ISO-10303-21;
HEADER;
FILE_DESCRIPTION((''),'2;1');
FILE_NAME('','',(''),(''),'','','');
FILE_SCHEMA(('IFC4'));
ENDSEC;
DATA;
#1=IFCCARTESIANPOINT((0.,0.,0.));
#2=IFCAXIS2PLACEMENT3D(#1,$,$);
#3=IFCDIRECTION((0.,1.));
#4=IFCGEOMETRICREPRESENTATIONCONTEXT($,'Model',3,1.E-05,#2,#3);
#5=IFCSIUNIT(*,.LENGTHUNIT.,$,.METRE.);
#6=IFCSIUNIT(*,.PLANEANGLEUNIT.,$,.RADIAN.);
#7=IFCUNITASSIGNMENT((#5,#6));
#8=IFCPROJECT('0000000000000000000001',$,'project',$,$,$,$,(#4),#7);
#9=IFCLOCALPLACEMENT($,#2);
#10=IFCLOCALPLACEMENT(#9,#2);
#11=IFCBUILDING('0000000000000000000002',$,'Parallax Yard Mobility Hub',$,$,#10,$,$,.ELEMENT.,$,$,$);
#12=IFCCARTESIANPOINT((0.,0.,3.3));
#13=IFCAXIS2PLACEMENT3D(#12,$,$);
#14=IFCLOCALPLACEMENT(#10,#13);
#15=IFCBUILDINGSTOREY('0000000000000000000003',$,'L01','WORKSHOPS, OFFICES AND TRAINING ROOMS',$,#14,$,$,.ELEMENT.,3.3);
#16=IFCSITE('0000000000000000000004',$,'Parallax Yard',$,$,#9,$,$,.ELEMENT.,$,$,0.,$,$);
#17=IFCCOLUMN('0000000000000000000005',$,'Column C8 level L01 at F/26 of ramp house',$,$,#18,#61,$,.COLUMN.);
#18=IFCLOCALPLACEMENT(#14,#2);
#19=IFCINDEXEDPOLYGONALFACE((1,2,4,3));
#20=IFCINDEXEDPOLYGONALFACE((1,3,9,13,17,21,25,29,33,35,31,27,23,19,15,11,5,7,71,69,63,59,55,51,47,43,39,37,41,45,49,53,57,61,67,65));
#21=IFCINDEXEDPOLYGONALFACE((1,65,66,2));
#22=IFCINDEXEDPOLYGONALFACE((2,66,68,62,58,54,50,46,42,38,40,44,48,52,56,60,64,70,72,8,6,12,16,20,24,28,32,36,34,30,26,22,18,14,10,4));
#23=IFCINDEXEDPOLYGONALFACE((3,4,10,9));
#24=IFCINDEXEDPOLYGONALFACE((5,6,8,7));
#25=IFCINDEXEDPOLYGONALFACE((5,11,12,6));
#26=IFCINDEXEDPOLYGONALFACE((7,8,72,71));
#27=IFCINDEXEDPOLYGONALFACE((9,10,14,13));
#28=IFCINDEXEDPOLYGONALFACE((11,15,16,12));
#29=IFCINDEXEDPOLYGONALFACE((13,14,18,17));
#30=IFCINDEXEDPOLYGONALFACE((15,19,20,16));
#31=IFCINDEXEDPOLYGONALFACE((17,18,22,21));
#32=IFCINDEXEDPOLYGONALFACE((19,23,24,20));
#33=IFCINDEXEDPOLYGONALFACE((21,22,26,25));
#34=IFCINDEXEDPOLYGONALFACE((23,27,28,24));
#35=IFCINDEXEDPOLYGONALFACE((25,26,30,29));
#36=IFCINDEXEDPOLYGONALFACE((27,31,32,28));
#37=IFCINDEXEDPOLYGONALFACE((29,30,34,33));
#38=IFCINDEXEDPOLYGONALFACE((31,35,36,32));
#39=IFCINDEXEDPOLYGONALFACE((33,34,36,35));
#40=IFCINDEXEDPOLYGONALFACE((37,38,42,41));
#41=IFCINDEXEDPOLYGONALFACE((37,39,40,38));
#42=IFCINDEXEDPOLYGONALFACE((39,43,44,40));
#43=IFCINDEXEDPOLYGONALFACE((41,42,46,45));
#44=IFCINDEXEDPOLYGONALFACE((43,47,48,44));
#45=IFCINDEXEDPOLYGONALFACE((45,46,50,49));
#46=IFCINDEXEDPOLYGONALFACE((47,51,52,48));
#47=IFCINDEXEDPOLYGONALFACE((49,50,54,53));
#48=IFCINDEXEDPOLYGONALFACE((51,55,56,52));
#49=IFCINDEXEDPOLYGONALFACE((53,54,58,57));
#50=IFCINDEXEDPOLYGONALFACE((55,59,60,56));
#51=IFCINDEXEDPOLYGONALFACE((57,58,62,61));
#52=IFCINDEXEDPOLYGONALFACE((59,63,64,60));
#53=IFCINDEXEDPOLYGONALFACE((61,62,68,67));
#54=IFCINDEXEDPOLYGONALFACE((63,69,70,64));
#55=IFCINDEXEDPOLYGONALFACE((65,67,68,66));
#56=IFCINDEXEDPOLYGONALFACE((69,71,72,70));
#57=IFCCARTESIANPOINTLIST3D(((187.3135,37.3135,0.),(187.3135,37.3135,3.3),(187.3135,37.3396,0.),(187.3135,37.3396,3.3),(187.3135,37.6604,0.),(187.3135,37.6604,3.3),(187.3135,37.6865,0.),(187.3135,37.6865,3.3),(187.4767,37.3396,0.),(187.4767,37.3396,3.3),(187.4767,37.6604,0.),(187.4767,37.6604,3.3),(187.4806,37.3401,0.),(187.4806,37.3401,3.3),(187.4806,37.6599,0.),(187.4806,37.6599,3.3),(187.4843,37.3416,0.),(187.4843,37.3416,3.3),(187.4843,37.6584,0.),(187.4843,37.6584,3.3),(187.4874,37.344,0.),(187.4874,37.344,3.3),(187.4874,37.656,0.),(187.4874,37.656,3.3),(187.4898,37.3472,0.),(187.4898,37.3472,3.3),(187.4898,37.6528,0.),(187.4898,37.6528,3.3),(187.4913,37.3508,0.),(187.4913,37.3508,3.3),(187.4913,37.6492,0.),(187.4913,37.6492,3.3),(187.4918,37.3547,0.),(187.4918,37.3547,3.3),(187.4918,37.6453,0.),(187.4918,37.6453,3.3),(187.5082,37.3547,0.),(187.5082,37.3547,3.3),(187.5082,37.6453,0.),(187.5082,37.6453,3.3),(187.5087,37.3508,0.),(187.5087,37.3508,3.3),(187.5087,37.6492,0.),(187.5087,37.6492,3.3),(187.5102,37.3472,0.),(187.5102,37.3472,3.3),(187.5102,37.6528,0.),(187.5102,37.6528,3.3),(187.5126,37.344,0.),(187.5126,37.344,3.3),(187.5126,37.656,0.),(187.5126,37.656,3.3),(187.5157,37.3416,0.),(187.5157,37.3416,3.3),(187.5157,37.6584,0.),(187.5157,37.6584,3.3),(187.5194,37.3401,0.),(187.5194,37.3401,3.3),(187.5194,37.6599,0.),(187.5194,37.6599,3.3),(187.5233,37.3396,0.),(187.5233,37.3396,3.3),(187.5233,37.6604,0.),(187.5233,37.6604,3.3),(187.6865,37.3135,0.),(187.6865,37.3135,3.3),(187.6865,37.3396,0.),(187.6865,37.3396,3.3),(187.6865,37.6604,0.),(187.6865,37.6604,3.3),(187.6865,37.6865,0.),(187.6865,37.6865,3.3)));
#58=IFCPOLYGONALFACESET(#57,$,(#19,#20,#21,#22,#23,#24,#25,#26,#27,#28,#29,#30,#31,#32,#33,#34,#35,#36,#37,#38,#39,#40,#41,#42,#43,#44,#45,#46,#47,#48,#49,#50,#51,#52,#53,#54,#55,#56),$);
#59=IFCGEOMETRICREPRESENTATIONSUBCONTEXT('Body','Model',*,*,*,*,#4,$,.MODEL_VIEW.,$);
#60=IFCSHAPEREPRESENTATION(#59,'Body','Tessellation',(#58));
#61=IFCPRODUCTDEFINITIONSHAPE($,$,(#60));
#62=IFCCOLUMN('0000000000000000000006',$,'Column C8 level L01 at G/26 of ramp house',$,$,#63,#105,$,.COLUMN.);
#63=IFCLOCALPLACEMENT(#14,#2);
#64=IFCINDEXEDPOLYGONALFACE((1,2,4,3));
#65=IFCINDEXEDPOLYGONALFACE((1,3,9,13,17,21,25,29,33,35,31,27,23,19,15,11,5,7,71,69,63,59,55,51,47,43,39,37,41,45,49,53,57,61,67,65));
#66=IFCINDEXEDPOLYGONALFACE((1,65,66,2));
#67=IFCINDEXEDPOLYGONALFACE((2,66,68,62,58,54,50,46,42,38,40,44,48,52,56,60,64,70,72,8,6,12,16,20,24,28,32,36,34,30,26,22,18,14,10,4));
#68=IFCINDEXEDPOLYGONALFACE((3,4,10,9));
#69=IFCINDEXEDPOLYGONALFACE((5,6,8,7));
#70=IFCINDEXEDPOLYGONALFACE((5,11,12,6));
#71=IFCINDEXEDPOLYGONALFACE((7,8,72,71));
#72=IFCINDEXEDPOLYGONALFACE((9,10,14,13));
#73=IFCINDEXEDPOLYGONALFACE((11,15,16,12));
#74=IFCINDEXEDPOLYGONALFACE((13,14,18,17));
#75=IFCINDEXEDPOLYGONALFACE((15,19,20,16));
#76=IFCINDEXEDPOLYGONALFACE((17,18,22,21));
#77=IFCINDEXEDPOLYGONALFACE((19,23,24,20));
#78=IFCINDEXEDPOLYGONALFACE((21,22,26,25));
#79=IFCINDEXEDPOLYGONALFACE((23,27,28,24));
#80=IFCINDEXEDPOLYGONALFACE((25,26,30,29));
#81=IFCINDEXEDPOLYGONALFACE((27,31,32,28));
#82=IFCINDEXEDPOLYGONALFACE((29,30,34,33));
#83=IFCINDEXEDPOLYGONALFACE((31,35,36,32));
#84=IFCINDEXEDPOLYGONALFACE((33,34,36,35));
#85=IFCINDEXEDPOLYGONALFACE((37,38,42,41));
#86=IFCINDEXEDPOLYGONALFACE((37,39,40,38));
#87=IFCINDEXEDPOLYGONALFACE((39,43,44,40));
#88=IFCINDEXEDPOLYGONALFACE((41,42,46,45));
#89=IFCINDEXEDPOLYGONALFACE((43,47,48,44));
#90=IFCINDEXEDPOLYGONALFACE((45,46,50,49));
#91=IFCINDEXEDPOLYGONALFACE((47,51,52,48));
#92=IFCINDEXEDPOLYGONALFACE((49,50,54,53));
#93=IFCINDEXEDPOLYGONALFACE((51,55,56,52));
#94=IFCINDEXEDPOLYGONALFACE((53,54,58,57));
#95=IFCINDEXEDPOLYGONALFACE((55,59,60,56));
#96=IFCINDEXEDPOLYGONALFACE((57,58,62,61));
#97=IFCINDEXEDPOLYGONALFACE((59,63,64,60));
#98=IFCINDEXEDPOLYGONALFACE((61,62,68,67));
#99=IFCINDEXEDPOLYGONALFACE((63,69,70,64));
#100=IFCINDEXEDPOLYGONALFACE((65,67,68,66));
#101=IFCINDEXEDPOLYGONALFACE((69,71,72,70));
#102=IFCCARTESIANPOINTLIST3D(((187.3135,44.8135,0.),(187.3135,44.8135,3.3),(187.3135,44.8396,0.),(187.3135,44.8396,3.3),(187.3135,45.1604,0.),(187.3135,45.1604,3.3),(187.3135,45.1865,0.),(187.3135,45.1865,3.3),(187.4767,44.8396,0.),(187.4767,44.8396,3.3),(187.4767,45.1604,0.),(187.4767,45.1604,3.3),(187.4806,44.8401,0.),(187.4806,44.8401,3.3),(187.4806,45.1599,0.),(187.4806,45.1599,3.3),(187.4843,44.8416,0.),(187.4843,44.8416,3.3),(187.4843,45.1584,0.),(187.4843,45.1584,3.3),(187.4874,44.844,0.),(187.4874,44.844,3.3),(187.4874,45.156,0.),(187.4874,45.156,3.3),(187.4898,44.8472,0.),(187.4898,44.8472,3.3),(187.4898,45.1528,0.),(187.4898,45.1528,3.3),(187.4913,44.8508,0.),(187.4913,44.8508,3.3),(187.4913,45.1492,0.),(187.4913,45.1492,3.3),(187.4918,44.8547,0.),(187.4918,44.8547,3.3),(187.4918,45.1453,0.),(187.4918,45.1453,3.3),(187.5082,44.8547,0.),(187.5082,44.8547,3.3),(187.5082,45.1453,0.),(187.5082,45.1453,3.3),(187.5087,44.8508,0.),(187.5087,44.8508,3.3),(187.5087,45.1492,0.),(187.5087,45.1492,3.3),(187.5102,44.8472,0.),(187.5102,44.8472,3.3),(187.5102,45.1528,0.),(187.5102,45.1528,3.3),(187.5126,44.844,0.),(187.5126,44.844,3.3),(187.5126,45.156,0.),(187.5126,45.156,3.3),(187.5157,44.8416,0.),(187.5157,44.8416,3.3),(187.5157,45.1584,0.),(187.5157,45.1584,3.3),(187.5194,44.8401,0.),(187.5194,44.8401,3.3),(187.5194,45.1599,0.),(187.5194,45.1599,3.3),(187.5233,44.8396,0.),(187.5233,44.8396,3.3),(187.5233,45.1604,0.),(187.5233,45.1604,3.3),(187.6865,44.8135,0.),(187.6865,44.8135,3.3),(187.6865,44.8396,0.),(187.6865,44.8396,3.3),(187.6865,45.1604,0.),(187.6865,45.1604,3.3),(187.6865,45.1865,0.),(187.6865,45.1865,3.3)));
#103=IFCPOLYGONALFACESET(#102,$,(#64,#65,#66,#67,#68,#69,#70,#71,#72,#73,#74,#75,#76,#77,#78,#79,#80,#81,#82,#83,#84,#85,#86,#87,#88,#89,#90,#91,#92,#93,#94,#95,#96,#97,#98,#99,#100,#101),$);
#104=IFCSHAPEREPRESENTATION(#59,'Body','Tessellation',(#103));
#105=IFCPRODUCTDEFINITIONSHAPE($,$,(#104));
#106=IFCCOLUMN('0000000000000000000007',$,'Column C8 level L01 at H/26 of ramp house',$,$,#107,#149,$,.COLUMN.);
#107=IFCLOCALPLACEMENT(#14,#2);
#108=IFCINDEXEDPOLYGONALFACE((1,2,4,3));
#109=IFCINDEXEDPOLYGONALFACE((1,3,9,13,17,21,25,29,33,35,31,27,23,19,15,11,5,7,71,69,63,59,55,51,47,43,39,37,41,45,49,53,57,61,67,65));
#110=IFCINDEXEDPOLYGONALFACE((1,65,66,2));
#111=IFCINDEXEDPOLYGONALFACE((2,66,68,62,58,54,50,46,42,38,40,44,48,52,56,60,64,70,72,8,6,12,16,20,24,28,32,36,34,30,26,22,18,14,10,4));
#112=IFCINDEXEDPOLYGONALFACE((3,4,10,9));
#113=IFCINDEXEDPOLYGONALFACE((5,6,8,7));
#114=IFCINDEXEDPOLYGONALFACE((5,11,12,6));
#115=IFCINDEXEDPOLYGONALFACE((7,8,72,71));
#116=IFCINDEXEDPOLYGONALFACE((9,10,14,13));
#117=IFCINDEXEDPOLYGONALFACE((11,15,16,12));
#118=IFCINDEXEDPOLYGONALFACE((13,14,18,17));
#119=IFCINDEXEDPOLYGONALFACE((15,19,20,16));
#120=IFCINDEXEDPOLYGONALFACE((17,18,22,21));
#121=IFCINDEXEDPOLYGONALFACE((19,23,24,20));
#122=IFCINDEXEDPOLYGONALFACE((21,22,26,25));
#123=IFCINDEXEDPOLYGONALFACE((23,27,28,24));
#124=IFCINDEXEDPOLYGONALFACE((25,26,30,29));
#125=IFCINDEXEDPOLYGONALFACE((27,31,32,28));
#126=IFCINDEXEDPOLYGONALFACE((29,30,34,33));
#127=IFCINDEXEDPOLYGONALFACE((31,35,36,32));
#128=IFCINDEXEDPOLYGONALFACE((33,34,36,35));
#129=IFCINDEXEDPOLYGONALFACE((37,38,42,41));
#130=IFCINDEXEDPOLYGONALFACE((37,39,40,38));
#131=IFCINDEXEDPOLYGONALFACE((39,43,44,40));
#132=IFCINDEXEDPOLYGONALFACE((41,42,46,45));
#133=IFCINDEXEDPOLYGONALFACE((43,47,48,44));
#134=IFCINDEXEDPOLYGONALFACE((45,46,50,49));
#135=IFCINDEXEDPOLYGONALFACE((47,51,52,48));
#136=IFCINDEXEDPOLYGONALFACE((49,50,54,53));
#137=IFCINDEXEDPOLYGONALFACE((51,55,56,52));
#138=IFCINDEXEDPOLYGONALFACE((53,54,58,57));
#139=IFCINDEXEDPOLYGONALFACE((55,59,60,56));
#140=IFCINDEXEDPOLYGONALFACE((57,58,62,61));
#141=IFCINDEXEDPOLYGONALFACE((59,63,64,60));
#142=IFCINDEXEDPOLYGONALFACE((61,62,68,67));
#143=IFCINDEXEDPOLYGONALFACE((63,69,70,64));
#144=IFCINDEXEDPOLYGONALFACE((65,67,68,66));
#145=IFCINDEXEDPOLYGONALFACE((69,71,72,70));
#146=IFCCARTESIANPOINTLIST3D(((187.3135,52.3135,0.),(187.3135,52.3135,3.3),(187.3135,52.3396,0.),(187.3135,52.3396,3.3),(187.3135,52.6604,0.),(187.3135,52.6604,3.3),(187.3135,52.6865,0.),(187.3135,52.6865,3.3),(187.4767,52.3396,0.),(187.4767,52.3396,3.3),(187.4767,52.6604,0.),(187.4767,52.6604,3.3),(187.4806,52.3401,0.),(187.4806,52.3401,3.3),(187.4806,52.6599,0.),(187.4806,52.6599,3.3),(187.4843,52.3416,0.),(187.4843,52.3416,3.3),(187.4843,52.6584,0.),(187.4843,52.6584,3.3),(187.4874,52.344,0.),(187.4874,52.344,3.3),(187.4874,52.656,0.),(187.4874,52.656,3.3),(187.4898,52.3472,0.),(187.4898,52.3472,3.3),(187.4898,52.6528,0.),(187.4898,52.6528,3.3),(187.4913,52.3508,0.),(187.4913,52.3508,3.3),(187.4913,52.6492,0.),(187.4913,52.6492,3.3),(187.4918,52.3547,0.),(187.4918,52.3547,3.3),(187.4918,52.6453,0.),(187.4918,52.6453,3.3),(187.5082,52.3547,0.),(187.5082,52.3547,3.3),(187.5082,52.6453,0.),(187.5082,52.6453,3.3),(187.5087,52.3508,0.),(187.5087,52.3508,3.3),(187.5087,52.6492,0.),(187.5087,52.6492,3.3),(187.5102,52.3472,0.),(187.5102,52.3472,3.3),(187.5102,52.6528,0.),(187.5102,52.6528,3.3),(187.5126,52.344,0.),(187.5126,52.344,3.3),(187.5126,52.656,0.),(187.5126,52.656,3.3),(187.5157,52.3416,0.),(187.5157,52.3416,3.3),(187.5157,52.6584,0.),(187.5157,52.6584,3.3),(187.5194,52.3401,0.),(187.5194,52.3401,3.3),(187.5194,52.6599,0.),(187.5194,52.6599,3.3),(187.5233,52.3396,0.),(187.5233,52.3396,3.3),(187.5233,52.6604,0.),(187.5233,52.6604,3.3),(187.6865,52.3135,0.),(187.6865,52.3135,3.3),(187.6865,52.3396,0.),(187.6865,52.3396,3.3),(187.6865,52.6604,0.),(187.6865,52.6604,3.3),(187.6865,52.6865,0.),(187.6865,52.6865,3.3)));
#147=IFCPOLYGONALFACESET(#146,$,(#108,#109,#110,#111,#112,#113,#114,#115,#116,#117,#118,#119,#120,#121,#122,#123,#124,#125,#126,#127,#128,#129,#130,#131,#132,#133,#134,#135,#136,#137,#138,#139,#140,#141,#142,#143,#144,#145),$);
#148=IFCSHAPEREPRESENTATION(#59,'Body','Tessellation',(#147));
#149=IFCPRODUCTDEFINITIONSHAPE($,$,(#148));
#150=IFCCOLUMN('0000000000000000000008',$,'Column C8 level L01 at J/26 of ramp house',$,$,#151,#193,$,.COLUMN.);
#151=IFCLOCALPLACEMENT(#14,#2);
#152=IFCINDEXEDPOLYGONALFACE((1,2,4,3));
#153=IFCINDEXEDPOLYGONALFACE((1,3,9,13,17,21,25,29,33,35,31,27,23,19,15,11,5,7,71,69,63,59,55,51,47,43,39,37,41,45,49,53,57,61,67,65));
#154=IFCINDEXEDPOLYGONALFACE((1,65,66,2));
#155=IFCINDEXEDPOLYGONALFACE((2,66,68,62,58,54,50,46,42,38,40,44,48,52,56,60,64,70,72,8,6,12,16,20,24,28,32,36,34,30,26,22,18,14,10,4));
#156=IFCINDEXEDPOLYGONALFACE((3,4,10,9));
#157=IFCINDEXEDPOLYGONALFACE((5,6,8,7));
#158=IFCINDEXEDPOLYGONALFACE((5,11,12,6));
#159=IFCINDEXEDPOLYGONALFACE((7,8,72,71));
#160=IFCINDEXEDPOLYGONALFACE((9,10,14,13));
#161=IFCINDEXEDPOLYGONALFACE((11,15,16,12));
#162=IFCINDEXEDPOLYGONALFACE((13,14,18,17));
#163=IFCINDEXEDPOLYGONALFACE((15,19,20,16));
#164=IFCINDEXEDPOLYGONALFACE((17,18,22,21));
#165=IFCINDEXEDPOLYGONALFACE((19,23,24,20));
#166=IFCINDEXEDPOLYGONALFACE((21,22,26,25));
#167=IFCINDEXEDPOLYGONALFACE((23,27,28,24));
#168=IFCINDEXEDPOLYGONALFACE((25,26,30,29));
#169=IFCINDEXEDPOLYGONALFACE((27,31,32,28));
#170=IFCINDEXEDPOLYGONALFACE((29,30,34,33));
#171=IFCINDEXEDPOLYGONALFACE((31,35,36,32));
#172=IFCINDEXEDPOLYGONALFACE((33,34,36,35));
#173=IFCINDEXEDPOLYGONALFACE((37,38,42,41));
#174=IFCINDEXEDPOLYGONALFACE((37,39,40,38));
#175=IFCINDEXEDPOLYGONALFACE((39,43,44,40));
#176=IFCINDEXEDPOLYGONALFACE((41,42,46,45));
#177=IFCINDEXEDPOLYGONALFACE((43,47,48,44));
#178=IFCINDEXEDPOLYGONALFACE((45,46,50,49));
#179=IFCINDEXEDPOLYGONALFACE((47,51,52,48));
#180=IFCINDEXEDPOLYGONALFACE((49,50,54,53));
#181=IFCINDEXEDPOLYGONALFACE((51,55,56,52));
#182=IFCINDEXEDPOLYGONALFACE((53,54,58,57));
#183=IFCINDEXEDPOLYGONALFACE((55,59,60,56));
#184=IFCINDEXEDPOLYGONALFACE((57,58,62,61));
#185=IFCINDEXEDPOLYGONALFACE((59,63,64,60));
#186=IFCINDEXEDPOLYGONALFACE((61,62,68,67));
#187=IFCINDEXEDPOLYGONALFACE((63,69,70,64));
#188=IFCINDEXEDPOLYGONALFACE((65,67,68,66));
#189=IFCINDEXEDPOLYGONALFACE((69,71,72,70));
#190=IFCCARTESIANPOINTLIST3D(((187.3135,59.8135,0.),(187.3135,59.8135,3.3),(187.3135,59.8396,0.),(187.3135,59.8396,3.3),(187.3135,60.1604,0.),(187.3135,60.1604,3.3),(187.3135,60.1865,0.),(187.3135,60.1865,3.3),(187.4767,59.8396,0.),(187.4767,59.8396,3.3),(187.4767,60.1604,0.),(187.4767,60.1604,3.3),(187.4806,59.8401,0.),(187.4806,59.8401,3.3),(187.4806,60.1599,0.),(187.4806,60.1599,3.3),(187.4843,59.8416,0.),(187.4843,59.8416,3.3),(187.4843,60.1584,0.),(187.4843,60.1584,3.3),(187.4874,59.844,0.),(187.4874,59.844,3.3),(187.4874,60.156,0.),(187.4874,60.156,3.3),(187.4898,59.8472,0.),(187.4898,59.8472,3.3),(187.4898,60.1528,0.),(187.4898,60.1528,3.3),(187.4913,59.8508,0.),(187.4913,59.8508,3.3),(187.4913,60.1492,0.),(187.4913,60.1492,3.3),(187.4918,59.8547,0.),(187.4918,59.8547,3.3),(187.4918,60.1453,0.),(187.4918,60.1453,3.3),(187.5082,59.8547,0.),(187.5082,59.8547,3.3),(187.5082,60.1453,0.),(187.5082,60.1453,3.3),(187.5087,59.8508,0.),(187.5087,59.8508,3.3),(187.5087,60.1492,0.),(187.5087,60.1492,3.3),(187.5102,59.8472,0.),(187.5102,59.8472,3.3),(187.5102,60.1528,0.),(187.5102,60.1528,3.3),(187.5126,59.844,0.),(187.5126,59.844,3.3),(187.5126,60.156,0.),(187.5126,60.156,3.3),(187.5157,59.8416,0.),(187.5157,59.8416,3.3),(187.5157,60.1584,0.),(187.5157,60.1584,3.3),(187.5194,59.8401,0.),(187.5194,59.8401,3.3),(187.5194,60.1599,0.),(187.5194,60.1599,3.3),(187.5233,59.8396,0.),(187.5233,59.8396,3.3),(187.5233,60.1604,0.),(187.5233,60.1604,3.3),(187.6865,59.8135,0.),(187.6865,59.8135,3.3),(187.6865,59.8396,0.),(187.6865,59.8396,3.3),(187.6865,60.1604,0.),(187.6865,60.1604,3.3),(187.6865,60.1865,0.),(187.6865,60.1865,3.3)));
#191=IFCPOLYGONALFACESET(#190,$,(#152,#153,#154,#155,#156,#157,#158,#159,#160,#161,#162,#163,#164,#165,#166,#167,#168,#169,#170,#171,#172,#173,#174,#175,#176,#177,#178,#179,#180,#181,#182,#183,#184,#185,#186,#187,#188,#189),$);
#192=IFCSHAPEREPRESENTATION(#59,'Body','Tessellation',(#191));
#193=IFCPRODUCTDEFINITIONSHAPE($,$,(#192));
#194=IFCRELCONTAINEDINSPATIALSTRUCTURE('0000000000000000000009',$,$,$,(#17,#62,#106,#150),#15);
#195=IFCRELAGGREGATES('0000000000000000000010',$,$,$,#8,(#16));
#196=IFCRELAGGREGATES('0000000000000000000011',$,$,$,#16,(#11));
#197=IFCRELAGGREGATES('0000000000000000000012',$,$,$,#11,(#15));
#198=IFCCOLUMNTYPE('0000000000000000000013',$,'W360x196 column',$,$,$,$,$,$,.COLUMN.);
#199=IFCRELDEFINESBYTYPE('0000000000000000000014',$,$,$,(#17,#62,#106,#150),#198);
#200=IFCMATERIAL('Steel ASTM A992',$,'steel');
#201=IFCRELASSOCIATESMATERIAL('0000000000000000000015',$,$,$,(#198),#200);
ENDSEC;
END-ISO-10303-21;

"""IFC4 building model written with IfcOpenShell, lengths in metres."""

from ifc_helpers import new_model, si_unit, direction, frame, origin, origin_2d, place, context, subcontext, project, spatial, i_section, extrude, material, material_profile, profile_set, type_object, element, save


model = new_model("IFC4")

# Units and contexts
model_context = context("Model", 3, precision=1e-05, world=origin(), true_north=direction((0.0, 1.0)))
body_context = subcontext(model_context, "Body", "Model", "MODEL_VIEW")
ifc_project = project(units=[si_unit("LENGTHUNIT", "METRE"), si_unit("PLANEANGLEUNIT", "RADIAN")], contexts=[model_context])

# Site, building, storey
site_placement = place(None, origin())
site = spatial("IfcSite", under=ifc_project, at=site_placement, Name="Parallax Yard", CompositionType="ELEMENT", RefElevation=0.0)
building_placement = place(site_placement, origin())
building = spatial("IfcBuilding", under=site, at=building_placement, Name="Parallax Yard Mobility Hub", CompositionType="ELEMENT")
storey_placement = place(building_placement, frame((0.0, 0.0, 3.3)))
storey = spatial("IfcBuildingStorey", under=building, at=storey_placement, Name="L01", Description="WORKSHOPS, OFFICES AND TRAINING ROOMS", CompositionType="ELEMENT", Elevation=3.3)

# Columns
ifc_material_1 = material(Name="Steel ASTM A992", Category="steel")
ifc_material_profile_1 = material_profile(ifc_material_1, i_section(OverallWidth=0.373, OverallDepth=0.373, WebThickness=0.0164, FlangeThickness=0.0261, FilletRadius=0.0151, at=origin_2d()), Name="W360x196")
ifc_profile_set_1 = profile_set([ifc_material_profile_1], Name="Steel ASTM A992")
column_type = type_object("IfcColumnType", Name="W360x196 column", PredefinedType="COLUMN", material=ifc_profile_set_1)
for number, where, z_axis, x_axis, name in (
    (1, (187.5, 37.5, 0.0), (0.0, 0.0, 1.0), (1.0, 0.0, 0.0), "Column C8 level L01 at F/26 of ramp house"),
    (2, (187.5, 45.0, 0.0), (0.0, 0.0, 1.0), (1.0, 0.0, 0.0), "Column C8 level L01 at G/26 of ramp house"),
    (3, (187.5, 52.5, 0.0), (0.0, 0.0, 1.0), (1.0, 0.0, 0.0), "Column C8 level L01 at H/26 of ramp house"),
    (4, (187.5, 60.0, 0.0), (0.0, 0.0, 1.0), (1.0, 0.0, 0.0), "Column C8 level L01 at J/26 of ramp house"),
):
    element("IfcColumn", number, at=place(storey_placement, frame(where, z_axis=z_axis, x_axis=x_axis)), inside=storey, type_object=column_type, Name=name, PredefinedType="COLUMN", context=body_context, shape_type="SweptSolid", body=[
        extrude(i_section(OverallWidth=0.373, OverallDepth=0.373, WebThickness=0.0164, FlangeThickness=0.0261, FilletRadius=0.0151, at=origin_2d()), origin(), (0.0, 0.0, 1.0), 3.3),
    ])

save(model, "model.ifc")
